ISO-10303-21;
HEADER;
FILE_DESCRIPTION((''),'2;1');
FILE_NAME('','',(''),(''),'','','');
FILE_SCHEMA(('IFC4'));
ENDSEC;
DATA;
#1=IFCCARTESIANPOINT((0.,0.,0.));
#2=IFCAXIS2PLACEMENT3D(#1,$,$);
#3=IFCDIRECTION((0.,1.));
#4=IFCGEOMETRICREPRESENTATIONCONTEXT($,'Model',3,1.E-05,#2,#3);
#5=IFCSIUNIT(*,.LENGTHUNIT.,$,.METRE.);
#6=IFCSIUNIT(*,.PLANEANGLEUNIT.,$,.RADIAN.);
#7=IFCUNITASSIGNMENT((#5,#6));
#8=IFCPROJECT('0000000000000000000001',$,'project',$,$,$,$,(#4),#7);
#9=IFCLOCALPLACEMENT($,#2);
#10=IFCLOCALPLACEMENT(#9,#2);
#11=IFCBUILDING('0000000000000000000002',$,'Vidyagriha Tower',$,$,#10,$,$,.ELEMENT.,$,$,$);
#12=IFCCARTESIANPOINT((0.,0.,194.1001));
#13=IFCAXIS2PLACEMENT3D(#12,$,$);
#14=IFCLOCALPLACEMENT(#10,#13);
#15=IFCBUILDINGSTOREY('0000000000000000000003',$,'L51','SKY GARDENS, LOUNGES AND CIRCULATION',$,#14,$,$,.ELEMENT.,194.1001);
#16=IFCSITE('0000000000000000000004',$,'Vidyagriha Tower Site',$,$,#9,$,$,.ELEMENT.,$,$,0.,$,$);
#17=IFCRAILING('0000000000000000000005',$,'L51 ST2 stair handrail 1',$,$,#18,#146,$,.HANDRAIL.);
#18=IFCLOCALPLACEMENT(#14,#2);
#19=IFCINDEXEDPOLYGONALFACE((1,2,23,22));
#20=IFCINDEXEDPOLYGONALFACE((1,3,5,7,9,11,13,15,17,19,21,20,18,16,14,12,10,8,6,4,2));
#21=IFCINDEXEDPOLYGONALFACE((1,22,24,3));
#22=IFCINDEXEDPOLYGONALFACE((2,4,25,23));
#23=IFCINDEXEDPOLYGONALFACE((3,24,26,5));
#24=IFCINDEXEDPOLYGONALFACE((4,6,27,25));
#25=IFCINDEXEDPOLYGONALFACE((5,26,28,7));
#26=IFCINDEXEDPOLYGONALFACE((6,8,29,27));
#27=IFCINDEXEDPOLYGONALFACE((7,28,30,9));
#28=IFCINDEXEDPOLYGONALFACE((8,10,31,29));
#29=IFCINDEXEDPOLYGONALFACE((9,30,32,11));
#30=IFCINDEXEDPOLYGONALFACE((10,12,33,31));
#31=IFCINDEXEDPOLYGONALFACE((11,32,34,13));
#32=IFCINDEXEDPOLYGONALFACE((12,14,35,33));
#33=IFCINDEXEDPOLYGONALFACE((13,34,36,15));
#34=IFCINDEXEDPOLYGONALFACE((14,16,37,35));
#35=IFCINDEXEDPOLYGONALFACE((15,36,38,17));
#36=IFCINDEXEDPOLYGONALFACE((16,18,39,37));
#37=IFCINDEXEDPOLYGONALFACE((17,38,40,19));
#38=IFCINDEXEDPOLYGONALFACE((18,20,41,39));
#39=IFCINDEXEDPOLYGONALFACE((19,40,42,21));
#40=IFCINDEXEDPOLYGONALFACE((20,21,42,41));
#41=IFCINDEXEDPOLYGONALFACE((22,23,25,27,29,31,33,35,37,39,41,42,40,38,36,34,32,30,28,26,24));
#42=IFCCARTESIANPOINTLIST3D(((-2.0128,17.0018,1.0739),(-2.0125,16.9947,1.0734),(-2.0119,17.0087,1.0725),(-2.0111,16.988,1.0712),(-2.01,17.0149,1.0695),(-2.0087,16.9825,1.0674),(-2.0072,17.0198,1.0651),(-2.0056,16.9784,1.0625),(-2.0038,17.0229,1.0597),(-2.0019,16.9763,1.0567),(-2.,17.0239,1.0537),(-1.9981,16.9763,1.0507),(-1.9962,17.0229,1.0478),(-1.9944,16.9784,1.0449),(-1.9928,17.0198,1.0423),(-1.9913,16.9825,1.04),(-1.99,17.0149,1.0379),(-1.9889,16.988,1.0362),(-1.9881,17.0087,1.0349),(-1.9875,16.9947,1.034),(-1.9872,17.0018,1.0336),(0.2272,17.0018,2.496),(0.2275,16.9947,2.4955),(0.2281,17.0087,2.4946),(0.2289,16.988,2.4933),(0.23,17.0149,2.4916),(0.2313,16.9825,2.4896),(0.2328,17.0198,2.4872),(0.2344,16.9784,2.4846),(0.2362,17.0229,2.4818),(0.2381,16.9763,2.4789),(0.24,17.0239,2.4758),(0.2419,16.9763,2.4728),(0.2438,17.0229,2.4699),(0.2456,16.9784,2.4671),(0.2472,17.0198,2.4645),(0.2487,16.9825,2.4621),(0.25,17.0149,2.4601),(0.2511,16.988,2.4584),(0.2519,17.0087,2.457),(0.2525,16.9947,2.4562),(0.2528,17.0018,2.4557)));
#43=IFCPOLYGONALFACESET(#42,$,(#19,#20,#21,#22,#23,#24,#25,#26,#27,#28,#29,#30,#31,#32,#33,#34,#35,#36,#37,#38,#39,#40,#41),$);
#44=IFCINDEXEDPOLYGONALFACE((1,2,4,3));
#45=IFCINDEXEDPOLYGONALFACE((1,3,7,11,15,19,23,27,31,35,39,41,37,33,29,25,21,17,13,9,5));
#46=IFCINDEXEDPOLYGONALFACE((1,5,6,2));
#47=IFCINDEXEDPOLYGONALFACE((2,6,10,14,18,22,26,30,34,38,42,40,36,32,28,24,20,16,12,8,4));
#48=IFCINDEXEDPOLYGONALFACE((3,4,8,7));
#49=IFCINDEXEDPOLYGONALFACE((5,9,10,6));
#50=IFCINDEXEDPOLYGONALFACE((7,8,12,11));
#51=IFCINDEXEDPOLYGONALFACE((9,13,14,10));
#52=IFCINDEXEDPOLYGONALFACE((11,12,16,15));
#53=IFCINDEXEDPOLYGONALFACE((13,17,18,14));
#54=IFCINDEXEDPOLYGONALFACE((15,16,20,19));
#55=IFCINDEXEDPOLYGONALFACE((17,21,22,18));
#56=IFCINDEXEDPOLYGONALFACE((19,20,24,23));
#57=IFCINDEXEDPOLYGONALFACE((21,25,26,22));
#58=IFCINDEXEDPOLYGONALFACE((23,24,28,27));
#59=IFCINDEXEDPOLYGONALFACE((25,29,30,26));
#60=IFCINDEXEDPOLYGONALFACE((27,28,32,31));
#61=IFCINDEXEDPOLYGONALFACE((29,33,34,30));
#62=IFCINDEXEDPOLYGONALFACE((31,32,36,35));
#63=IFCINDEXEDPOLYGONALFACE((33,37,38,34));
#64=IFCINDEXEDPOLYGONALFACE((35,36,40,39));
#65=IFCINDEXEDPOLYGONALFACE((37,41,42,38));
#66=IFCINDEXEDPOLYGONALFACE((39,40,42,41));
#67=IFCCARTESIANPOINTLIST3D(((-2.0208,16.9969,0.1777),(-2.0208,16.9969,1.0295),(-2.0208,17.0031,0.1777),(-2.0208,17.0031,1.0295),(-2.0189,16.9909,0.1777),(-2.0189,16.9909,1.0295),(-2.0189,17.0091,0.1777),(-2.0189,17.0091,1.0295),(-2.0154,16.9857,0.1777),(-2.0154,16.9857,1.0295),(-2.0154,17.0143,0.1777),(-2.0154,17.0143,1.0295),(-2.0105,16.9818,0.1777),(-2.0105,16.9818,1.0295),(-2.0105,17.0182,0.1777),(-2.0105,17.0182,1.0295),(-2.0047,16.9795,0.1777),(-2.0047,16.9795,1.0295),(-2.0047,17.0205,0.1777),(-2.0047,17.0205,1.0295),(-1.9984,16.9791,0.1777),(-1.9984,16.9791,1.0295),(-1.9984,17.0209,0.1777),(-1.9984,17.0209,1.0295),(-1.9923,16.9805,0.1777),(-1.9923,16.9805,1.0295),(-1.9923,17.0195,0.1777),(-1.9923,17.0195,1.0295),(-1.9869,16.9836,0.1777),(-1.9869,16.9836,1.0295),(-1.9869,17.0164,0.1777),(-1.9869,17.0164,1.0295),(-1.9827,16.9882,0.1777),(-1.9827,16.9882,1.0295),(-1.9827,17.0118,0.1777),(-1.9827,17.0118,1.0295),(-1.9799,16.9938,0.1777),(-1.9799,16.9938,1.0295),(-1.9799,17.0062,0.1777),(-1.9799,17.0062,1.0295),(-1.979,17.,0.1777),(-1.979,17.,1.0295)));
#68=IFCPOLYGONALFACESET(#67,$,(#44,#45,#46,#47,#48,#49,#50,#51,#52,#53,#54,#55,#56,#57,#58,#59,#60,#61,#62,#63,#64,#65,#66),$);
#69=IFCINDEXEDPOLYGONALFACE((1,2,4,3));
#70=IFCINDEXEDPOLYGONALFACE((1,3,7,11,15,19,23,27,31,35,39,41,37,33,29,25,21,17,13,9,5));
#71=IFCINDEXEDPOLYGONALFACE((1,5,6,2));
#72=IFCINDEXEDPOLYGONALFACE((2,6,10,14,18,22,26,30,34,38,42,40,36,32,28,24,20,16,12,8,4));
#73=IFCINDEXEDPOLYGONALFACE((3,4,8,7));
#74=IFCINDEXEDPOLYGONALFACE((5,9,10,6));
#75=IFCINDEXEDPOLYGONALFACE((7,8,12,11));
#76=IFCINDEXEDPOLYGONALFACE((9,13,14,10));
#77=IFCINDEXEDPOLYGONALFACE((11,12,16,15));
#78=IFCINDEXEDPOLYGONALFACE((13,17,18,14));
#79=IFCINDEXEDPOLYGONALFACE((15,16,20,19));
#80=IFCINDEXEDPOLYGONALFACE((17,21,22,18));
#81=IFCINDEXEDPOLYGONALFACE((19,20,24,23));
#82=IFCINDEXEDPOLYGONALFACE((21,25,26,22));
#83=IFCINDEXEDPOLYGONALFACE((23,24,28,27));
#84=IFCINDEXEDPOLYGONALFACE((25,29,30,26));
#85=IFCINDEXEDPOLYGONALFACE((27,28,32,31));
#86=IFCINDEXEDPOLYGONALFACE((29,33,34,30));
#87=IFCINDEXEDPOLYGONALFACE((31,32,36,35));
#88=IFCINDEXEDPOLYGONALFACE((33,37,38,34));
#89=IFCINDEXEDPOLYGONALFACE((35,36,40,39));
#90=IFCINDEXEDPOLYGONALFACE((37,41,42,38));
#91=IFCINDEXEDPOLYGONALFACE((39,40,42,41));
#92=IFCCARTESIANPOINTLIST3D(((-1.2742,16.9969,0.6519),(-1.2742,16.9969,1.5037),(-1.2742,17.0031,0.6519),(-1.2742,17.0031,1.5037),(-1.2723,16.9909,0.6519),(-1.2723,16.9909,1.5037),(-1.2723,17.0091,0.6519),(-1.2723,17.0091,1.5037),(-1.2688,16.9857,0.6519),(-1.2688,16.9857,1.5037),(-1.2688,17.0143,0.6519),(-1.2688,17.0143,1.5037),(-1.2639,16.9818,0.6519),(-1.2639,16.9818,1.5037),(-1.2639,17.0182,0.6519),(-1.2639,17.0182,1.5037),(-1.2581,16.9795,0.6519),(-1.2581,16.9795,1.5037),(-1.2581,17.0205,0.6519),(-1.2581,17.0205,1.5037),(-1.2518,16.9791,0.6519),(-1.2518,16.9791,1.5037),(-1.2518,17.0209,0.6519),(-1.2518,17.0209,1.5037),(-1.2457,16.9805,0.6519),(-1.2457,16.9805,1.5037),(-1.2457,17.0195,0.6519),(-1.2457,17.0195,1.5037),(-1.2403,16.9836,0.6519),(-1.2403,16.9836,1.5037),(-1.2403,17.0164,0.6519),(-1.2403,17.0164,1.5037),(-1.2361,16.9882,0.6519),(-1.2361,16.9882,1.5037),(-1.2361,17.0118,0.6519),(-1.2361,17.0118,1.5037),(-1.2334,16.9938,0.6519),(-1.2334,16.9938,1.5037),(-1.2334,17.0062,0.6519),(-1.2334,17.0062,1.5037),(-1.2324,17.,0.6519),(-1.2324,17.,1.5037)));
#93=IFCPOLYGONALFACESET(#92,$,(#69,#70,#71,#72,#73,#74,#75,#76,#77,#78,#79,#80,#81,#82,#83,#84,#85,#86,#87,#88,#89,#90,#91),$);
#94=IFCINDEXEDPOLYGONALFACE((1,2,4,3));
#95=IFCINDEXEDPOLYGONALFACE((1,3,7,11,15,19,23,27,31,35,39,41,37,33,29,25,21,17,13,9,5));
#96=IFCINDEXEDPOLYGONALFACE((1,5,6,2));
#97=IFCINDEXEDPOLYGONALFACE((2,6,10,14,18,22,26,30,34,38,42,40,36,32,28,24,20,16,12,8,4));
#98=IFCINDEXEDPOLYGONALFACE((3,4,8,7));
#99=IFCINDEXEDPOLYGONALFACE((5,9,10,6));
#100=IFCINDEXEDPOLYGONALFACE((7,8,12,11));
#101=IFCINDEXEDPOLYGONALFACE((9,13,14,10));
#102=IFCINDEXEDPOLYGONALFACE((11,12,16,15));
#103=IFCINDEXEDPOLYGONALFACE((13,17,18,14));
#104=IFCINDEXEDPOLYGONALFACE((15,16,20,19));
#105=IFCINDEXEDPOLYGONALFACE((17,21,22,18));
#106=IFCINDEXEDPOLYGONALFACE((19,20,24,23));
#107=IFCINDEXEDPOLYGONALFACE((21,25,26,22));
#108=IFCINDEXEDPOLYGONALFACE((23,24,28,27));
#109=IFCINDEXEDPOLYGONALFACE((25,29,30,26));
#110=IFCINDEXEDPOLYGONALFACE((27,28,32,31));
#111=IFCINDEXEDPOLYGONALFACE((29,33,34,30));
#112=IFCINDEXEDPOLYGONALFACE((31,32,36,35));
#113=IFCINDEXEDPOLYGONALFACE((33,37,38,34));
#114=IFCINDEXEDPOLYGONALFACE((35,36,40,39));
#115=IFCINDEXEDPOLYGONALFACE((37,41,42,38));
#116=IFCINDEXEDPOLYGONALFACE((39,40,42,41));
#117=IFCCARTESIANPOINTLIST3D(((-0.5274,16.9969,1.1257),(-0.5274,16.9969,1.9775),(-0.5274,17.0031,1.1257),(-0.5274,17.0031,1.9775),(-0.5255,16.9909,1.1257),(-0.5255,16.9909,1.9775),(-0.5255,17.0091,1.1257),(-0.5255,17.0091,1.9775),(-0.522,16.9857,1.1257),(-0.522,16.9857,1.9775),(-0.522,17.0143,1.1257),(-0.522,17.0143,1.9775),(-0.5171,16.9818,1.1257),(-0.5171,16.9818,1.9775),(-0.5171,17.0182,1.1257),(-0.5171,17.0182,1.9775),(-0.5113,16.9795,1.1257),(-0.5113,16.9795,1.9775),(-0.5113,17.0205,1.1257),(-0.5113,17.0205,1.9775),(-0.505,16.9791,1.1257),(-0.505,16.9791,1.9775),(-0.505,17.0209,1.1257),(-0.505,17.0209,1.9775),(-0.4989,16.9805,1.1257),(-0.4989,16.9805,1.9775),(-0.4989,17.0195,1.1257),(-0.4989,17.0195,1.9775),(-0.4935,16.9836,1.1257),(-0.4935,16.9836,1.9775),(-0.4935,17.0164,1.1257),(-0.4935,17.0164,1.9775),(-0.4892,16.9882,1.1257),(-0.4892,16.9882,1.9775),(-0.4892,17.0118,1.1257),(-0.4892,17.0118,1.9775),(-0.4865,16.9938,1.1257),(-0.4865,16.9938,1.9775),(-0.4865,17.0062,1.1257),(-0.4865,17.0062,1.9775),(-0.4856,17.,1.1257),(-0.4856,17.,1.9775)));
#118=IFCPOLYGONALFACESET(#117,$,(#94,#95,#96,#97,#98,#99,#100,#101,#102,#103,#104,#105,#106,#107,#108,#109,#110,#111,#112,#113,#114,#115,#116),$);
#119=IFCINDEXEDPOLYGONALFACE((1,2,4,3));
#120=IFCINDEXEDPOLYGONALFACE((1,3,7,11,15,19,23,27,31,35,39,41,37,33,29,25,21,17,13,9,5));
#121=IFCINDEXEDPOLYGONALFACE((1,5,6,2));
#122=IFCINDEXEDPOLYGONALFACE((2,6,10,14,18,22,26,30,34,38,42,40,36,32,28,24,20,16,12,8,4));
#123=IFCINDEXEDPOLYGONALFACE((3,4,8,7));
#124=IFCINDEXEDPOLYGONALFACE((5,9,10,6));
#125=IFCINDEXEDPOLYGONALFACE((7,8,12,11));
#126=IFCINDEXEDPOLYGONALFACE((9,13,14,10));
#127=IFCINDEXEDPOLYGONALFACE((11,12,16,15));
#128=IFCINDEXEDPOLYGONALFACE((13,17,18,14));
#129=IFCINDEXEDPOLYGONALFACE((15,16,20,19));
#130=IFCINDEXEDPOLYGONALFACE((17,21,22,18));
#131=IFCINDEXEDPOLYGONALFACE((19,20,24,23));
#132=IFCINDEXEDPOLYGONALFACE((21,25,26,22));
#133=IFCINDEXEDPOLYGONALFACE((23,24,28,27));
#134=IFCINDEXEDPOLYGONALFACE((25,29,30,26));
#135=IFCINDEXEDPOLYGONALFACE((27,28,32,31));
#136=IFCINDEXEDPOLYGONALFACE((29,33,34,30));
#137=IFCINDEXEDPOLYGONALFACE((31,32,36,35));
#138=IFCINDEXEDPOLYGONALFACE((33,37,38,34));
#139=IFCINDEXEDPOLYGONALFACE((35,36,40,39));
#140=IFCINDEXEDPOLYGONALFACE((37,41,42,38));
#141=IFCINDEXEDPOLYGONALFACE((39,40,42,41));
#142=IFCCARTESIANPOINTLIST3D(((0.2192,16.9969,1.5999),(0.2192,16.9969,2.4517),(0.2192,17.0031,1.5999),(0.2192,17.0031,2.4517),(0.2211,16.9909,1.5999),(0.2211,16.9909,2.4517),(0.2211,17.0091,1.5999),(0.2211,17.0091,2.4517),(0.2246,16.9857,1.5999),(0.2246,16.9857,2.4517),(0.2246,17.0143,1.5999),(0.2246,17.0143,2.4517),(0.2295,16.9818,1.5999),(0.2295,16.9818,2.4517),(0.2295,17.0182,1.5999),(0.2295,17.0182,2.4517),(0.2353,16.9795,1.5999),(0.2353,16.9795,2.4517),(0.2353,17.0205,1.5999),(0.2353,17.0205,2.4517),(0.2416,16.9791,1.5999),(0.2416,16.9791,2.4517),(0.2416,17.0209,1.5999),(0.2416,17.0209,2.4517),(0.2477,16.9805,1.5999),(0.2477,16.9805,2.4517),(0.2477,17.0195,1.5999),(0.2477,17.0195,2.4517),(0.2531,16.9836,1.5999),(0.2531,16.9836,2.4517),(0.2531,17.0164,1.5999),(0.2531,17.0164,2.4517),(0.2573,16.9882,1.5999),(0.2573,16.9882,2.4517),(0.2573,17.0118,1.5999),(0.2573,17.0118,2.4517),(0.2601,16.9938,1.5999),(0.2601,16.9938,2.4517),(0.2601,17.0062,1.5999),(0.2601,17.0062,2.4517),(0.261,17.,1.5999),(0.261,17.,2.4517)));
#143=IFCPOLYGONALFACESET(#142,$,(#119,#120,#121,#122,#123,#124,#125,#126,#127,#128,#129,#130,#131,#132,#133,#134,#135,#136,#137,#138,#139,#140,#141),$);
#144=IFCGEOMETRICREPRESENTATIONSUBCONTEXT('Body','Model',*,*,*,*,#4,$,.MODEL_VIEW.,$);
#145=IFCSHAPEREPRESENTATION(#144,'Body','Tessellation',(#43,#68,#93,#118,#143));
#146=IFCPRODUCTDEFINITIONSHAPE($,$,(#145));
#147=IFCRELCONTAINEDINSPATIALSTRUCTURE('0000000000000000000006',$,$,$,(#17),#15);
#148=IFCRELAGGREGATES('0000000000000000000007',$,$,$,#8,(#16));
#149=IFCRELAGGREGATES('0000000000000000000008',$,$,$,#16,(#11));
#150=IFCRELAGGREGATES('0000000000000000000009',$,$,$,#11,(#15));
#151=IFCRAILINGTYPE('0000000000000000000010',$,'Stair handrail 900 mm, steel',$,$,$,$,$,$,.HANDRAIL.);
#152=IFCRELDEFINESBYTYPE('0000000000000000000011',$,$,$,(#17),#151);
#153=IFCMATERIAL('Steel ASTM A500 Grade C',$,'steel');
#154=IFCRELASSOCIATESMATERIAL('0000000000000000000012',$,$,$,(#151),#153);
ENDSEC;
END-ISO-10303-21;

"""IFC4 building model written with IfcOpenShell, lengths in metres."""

from ifc_helpers import new_model, si_unit, direction, frame, origin, origin_2d, place, context, subcontext, project, spatial, circle, extrude, material, type_object, element, save


model = new_model("IFC4")

# Units and contexts
model_context = context("Model", 3, precision=1e-05, world=origin(), true_north=direction((0.0, 1.0)))
body_context = subcontext(model_context, "Body", "Model", "MODEL_VIEW")
ifc_project = project(units=[si_unit("LENGTHUNIT", "METRE"), si_unit("PLANEANGLEUNIT", "RADIAN")], contexts=[model_context])

# Site, building, storey
site_placement = place(None, origin())
site = spatial("IfcSite", under=ifc_project, at=site_placement, Name="Vidyagriha Tower Site", CompositionType="ELEMENT", RefElevation=0.0)
building_placement = place(site_placement, origin())
building = spatial("IfcBuilding", under=site, at=building_placement, Name="Vidyagriha Tower", CompositionType="ELEMENT")
storey_placement = place(building_placement, frame((0.0, 0.0, 194.1001)))
storey = spatial("IfcBuildingStorey", under=building, at=storey_placement, Name="L51", Description="SKY GARDENS, LOUNGES AND CIRCULATION", CompositionType="ELEMENT", Elevation=194.1001)

# Railing
ifc_material_1 = material(Name="Steel ASTM A500 Grade C", Category="steel")
railing_type_1 = type_object("IfcRailingType", Name="Stair handrail 900 mm, steel", PredefinedType="HANDRAIL", material=ifc_material_1)
for number, where, name in (
    (1, (-2.0, 17.0, 0.1777), "L51 ST2 stair handrail 1"),
):
    element("IfcRailing", number, at=place(storey_placement, frame(where)), inside=storey, type_object=railing_type_1, Name=name, PredefinedType="HANDRAIL", context=body_context, shape_type="SweptSolid", body=[
        extrude(circle(Radius=0.0239, at=origin_2d()), frame((0.0, 0.0, 0.876), z_axis=(0.844229, 0.0, 0.535982), x_axis=(0.0, 1.0, 0.0)), (0.0, 0.0, 1.0), 2.6533),
        extrude(circle(Radius=0.021, at=origin_2d()), origin(), (0.0, 0.0, 1.0), 0.8518),
        extrude(circle(Radius=0.021, at=origin_2d()), frame((0.7466, 0.0, 0.4741)), (0.0, 0.0, 1.0), 0.8518),
        extrude(circle(Radius=0.021, at=origin_2d()), frame((1.4934, 0.0, 0.948)), (0.0, 0.0, 1.0), 0.8518),
        extrude(circle(Radius=0.021, at=origin_2d()), frame((2.24, 0.0, 1.4221)), (0.0, 0.0, 1.0), 0.8518),
    ])

save(model, "model.ifc")
